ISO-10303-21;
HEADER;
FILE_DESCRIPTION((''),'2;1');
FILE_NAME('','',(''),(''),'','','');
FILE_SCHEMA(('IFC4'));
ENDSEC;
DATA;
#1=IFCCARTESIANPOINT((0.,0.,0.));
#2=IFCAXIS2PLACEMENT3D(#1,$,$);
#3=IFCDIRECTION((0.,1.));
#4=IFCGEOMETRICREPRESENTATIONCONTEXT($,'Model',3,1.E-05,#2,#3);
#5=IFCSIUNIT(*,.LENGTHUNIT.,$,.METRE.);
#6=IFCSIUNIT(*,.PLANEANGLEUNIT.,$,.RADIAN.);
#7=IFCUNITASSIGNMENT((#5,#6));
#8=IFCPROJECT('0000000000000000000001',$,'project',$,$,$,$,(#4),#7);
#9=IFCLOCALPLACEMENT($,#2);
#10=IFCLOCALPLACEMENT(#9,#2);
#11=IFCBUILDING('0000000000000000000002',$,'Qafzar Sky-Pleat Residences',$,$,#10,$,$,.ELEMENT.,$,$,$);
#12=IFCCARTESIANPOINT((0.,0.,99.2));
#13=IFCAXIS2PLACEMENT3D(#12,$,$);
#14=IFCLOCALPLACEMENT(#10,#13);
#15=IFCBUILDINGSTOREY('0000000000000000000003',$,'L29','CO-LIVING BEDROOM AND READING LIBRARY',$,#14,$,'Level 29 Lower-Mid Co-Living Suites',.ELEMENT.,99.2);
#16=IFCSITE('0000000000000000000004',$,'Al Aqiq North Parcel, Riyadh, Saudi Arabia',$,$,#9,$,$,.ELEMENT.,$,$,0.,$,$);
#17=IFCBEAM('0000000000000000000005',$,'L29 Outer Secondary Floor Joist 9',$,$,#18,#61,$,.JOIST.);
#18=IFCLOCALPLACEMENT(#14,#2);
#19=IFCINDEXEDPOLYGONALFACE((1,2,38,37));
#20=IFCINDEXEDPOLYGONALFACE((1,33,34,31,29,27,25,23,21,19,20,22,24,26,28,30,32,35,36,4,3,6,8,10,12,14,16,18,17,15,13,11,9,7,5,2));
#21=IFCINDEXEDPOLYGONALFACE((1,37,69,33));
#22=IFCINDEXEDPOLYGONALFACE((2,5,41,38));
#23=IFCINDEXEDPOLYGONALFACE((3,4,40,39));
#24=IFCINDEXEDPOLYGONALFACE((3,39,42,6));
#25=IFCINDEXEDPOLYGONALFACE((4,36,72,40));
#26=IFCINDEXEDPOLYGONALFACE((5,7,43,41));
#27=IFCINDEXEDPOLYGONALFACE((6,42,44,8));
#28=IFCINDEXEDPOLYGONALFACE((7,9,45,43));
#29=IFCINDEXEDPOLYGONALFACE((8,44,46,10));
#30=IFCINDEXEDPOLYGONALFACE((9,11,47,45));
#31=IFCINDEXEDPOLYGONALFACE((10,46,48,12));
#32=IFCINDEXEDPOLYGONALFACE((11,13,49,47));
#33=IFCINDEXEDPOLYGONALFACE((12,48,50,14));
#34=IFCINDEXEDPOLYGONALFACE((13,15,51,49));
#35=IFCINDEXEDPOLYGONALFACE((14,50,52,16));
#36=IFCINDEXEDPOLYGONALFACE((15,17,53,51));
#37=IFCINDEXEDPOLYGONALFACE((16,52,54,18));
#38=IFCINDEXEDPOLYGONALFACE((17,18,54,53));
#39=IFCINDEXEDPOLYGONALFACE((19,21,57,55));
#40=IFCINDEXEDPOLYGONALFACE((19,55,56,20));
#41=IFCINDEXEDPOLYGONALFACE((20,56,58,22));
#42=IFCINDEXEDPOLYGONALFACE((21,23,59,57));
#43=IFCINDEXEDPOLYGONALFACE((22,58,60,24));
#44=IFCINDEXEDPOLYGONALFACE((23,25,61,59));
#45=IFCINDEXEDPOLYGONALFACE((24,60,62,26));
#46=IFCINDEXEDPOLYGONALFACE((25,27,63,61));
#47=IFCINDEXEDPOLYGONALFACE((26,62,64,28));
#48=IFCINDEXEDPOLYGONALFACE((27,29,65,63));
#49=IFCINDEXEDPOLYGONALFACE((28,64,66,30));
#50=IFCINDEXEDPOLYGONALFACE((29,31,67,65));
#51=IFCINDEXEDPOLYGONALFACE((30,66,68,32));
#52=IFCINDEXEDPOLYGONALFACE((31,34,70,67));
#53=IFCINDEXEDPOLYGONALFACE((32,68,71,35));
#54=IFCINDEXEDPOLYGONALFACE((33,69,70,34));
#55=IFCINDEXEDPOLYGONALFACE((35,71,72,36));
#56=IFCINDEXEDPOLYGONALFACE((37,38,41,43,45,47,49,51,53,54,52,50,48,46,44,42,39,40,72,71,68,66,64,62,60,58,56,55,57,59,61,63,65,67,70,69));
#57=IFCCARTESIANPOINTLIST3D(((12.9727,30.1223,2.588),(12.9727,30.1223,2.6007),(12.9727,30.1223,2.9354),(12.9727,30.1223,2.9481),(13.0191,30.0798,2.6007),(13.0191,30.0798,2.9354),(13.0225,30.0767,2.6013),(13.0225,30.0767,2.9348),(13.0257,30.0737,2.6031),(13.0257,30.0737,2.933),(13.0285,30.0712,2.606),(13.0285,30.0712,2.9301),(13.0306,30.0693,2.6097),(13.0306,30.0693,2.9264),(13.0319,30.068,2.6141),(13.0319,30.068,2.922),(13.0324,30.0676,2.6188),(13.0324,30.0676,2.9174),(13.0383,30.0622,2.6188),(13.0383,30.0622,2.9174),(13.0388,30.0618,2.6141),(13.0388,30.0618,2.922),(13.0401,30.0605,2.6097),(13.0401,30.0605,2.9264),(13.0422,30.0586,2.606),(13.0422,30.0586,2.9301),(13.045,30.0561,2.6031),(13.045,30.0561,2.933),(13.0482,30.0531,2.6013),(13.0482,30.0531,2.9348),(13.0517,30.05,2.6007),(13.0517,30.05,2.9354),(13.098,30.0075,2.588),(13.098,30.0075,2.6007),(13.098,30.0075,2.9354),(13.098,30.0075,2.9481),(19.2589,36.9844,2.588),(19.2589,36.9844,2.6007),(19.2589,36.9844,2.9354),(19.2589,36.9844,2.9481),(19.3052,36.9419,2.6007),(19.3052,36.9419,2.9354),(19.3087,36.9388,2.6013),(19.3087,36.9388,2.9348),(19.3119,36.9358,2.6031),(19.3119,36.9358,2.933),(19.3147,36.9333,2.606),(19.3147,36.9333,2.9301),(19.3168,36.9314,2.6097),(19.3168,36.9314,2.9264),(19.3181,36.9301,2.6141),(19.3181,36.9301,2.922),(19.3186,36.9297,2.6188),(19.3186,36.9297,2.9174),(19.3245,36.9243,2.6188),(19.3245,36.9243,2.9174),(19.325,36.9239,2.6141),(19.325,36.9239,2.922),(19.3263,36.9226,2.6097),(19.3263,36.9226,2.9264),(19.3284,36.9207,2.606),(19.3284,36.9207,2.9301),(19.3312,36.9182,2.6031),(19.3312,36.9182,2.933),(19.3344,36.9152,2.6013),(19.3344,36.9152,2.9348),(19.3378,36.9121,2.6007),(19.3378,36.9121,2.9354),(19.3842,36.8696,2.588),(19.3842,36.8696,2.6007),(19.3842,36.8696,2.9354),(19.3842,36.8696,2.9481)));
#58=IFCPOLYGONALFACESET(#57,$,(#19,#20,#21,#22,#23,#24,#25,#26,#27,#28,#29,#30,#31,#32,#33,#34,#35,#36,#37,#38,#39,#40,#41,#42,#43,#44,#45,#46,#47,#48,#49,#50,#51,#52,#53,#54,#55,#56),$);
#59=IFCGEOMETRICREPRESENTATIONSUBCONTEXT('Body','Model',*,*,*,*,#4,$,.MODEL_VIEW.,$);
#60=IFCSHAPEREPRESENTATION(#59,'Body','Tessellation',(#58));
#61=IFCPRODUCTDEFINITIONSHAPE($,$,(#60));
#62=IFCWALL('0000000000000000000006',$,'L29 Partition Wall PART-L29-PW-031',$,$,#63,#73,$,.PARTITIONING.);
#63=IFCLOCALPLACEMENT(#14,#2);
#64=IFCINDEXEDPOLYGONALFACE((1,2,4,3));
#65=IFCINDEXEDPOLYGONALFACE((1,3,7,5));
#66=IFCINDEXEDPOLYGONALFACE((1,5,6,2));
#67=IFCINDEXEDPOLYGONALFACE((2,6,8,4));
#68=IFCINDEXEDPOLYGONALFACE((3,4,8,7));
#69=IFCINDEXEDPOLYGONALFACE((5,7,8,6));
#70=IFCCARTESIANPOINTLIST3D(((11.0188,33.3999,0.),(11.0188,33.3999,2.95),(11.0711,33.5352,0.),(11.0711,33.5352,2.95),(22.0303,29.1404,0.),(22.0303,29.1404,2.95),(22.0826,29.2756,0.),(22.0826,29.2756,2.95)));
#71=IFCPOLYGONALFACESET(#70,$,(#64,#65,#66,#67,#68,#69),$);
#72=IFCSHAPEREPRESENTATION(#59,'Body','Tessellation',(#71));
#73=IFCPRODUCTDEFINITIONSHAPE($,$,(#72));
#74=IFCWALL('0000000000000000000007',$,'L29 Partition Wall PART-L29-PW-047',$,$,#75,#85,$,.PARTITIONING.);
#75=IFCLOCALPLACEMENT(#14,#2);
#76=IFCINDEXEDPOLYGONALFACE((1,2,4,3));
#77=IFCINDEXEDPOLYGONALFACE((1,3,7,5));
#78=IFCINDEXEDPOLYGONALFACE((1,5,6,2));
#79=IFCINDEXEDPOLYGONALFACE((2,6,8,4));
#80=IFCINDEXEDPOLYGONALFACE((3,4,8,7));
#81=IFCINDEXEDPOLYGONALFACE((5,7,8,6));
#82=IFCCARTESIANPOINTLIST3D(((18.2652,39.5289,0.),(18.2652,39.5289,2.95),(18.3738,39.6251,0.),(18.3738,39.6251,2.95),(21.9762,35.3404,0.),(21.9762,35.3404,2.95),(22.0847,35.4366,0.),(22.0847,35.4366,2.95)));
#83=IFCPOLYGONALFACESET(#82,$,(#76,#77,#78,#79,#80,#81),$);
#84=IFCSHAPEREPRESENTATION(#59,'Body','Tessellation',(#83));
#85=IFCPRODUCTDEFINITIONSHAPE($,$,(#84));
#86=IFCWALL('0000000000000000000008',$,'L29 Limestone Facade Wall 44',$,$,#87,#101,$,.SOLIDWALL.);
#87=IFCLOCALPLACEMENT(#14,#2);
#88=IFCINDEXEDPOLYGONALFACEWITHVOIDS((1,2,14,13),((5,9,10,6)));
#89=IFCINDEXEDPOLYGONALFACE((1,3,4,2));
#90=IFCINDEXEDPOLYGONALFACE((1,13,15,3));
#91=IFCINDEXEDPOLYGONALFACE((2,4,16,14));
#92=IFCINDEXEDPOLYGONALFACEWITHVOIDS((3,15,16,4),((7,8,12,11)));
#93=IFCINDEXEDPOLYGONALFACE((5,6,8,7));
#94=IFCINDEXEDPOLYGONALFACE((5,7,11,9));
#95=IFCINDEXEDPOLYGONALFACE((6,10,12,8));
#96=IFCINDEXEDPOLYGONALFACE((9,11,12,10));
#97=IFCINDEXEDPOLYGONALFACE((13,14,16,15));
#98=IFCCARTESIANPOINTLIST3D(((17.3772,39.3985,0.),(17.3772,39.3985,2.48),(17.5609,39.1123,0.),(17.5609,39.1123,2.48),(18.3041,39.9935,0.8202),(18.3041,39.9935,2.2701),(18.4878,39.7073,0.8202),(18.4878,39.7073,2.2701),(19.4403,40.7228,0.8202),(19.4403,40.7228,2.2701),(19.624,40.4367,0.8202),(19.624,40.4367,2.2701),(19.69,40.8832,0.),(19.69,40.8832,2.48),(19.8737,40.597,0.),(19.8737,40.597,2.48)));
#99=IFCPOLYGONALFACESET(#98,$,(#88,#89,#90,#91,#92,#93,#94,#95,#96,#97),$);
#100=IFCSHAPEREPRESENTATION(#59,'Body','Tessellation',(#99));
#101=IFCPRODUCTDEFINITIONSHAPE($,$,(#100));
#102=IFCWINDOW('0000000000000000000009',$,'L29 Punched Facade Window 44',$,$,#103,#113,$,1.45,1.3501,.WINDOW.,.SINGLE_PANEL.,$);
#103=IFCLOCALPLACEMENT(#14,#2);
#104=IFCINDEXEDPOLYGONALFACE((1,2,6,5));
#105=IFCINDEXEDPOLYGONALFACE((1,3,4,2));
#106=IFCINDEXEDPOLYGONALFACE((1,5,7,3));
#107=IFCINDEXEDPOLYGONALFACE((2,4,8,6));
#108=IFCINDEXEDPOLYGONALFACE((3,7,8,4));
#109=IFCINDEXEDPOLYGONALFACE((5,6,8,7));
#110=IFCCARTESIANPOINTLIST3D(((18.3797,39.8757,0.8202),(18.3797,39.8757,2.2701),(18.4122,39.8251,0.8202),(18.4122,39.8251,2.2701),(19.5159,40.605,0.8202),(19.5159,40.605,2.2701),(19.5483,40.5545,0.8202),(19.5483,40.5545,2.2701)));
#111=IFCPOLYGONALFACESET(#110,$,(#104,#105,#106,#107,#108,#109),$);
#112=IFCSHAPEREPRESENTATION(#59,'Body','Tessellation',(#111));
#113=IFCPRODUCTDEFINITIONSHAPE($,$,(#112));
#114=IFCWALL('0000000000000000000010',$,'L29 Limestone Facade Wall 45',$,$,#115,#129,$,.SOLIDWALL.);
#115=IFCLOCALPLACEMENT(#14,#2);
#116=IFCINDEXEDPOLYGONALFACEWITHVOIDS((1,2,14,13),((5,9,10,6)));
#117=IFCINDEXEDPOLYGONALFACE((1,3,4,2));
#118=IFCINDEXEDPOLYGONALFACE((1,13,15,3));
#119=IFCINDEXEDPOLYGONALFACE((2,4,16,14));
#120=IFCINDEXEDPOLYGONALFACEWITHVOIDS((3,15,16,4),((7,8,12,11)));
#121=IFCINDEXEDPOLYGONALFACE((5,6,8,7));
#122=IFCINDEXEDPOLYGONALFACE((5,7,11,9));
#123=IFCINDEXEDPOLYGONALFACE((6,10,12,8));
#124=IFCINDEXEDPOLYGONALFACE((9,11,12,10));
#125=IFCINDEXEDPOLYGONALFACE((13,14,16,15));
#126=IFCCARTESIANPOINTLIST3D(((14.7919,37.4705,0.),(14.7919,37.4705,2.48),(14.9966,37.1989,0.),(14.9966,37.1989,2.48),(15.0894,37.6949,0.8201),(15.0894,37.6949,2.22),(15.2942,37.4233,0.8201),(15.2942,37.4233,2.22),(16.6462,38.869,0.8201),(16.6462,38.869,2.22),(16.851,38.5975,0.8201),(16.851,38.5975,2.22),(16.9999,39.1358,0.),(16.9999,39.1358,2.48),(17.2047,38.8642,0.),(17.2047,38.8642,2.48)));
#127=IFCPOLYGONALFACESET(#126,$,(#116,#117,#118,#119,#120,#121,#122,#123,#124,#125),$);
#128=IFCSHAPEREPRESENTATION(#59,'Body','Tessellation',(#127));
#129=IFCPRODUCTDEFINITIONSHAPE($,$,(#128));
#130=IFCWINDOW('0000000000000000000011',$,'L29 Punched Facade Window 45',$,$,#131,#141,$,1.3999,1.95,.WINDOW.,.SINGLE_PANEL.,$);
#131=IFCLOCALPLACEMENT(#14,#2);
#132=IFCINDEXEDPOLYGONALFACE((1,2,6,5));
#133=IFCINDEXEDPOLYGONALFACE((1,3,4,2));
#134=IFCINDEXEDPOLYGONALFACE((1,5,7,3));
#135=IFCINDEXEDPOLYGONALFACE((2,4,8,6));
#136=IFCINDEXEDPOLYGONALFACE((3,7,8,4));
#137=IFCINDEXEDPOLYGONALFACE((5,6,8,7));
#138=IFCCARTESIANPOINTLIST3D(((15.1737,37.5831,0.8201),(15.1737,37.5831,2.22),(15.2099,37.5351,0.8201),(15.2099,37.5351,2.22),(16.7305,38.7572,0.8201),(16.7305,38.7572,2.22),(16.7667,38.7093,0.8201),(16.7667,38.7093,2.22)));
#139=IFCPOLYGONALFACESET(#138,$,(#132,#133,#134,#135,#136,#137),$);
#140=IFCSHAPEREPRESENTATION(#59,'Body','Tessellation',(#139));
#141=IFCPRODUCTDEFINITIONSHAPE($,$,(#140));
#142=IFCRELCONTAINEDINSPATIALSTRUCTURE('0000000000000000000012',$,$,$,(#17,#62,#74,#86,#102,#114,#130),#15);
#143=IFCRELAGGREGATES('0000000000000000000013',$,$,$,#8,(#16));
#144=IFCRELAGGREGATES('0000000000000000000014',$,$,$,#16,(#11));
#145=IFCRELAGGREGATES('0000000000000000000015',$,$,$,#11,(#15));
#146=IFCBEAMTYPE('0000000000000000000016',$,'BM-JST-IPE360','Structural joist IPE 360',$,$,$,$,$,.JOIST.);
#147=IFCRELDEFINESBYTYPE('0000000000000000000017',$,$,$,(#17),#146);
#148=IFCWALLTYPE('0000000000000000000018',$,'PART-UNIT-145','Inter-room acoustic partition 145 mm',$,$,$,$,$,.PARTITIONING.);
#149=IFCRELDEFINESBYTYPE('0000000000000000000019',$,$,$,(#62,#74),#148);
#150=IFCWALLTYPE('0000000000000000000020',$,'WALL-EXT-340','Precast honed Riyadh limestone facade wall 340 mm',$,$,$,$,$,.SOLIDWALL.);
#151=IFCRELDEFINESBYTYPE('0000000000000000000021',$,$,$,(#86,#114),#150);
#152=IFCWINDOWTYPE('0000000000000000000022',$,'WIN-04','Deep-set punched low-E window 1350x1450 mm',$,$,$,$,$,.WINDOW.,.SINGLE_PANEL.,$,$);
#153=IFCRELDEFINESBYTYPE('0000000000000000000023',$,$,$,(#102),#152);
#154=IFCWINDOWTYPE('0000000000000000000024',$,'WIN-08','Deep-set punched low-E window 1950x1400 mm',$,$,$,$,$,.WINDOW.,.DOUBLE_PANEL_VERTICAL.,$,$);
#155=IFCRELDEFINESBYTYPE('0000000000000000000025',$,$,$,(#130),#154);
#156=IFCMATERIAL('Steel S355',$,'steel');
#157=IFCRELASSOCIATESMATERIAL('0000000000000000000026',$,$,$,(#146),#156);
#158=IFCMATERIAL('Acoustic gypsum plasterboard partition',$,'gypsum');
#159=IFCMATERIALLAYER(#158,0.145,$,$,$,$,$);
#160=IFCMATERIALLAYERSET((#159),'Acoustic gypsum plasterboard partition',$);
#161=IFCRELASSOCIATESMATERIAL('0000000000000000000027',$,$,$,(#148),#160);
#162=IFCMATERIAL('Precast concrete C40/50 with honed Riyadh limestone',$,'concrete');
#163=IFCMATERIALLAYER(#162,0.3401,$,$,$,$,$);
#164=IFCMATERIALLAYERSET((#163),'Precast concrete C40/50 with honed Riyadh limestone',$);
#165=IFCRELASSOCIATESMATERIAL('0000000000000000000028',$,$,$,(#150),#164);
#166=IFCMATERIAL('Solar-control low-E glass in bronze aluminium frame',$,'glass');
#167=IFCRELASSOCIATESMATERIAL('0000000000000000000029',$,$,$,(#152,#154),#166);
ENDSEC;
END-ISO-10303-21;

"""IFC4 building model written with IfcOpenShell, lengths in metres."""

from ifc_helpers import new_model, si_unit, direction, frame, frame_2d, origin, origin_2d, place, context, subcontext, project, spatial, rectangle, i_section, extrude, source, transform, mapped, material, layer, layer_set, material_profile, profile_set, type_object, element, fill, save


model = new_model("IFC4")

# Units and contexts
model_context = context("Model", 3, precision=1e-05, world=origin(), true_north=direction((0.0, 1.0)))
body_context = subcontext(model_context, "Body", "Model", "MODEL_VIEW")
ifc_project = project(units=[si_unit("LENGTHUNIT", "METRE"), si_unit("PLANEANGLEUNIT", "RADIAN")], contexts=[model_context])

# Site, building, storey
site_placement = place(None, origin())
site = spatial("IfcSite", under=ifc_project, at=site_placement, Name="Al Aqiq North Parcel, Riyadh, Saudi Arabia", CompositionType="ELEMENT", RefElevation=0.0)
building_placement = place(site_placement, origin())
building = spatial("IfcBuilding", under=site, at=building_placement, Name="Qafzar Sky-Pleat Residences", CompositionType="ELEMENT")
storey_placement = place(building_placement, frame((0.0, 0.0, 99.2)))
storey = spatial("IfcBuildingStorey", under=building, at=storey_placement, Name="L29", Description="CO-LIVING BEDROOM AND READING LIBRARY", LongName="Level 29 Lower-Mid Co-Living Suites", CompositionType="ELEMENT", Elevation=99.2)

# Beam
ifc_material_1 = material(Name="Steel S355", Category="steel")
ifc_material_profile_1 = material_profile(ifc_material_1, i_section(OverallWidth=0.1699, OverallDepth=0.3601, WebThickness=0.0081, FlangeThickness=0.0127, FilletRadius=0.0181, at=origin_2d()), Name="IPE 360")
ifc_profile_set_1 = profile_set([ifc_material_profile_1], Name="Steel S355")
beam_type_1 = type_object("IfcBeamType", Name="BM-JST-IPE360", Description="Structural joist IPE 360", PredefinedType="JOIST", material=ifc_profile_set_1)
shared_shape_1 = source(origin(), body_context, "Body", "SweptSolid", [
    extrude(i_section(OverallWidth=0.1699, OverallDepth=0.3601, WebThickness=0.0081, FlangeThickness=0.0127, FilletRadius=0.0181, at=origin_2d()), origin(), (0.0, 0.0, 1.0), 9.3062),
])
beam_1_placement = place(storey_placement, frame((19.3215, 36.927, 2.7681), z_axis=(-0.675486, -0.737373, 0.0), x_axis=(0.737373, -0.675486, 0.0)))
element("IfcBeam", 1, at=beam_1_placement, inside=storey, type_object=beam_type_1, Name="L29 Outer Secondary Floor Joist 9", PredefinedType="JOIST", context=body_context, shape_type="MappedRepresentation", body=[
    mapped(shared_shape_1, transform((0.0, 0.0, 0.0), x_axis=(1.0, 0.0, 0.0), y_axis=(0.0, 1.0, 0.0), z_axis=(0.0, 0.0, 1.0), scale=1.0)),
])

# Walls
ifc_material_2 = material(Name="Acoustic gypsum plasterboard partition", Category="gypsum")
ifc_layer_1 = layer(ifc_material_2, 0.145)
ifc_layer_set_1 = layer_set([ifc_layer_1], Name="Acoustic gypsum plasterboard partition")
wall_type_1 = type_object("IfcWallType", Name="PART-UNIT-145", Description="Inter-room acoustic partition 145 mm", PredefinedType="PARTITIONING", material=ifc_layer_set_1)
wall_1_placement = place(storey_placement, frame((11.0449, 33.4675, 0.0), z_axis=(0.0, 0.0, 1.0), x_axis=(0.932653, -0.360774, 0.0)))
element("IfcWall", 2, at=wall_1_placement, inside=storey, type_object=wall_type_1, Name="L29 Partition Wall PART-L29-PW-031", PredefinedType="PARTITIONING", context=body_context, shape_type="SweptSolid", body=[
    extrude(rectangle(XDim=11.8066, YDim=0.145, at=frame_2d((5.9033, 0.0))), origin(), (0.0, 0.0, 1.0), 2.95),
])
wall_2_placement = place(storey_placement, frame((18.3196, 39.5769, 0.0), z_axis=(0.0, 0.0, 1.0), x_axis=(0.66315, -0.748487, 0.0)))
element("IfcWall", 3, at=wall_2_placement, inside=storey, type_object=wall_type_1, Name="L29 Partition Wall PART-L29-PW-047", PredefinedType="PARTITIONING", context=body_context, shape_type="SweptSolid", body=[
    extrude(rectangle(XDim=5.5959, YDim=0.145, at=frame_2d((2.7979, 0.0))), origin(), (0.0, 0.0, 1.0), 2.95),
])

# Walls, openings, windows
ifc_material_3 = material(Name="Precast concrete C40/50 with honed Riyadh limestone", Category="concrete")
ifc_layer_2 = layer(ifc_material_3, 0.3401)
ifc_layer_set_2 = layer_set([ifc_layer_2], Name="Precast concrete C40/50 with honed Riyadh limestone")
wall_type_2 = type_object("IfcWallType", Name="WALL-EXT-340", Description="Precast honed Riyadh limestone facade wall 340 mm", PredefinedType="SOLIDWALL", material=ifc_layer_set_2)
wall_3_placement = place(storey_placement, frame((19.7817, 40.74, 0.0), z_axis=(0.0, 0.0, 1.0), x_axis=(-0.841533, -0.540205, 0.0)))
wall_3 = element("IfcWall", 4, at=wall_3_placement, inside=storey, type_object=wall_type_2, Name="L29 Limestone Facade Wall 44", PredefinedType="SOLIDWALL", context=body_context, shape_type="SweptSolid", body=[
    extrude(rectangle(XDim=2.7483, YDim=0.3401, at=frame_2d((1.374, 0.0))), origin(), (0.0, 0.0, 1.0), 2.48),
])
opening_1_placement = place(wall_3_placement, frame((0.2966, 0.0, 0.8201)))
opening_1 = element("IfcOpeningElement", 5, at=opening_1_placement, cuts=wall_3, PredefinedType="OPENING", context=body_context, shape_type="SweptSolid", body=[
    extrude(rectangle(XDim=1.3501, YDim=1.45, at=frame_2d((0.675, 0.7251))), frame((0.0, 0.1802, 0.0), z_axis=(0.0, -1.0, 0.0), x_axis=(1.0, 0.0, 0.0)), (0.0, 0.0, 1.0), 0.3601),
])
ifc_material_4 = material(Name="Solar-control low-E glass in bronze aluminium frame", Category="glass")
window_type_1 = type_object("IfcWindowType", Name="WIN-04", Description="Deep-set punched low-E window 1350x1450 mm", PartitioningType="SINGLE_PANEL", PredefinedType="WINDOW", material=ifc_material_4)
shared_shape_2 = source(origin(), body_context, "Body", "SweptSolid", [
    extrude(rectangle(XDim=1.3501, YDim=1.45, at=frame_2d((0.675, 0.7251))), frame((0.0, 0.03, 0.0), z_axis=(0.0, -1.0, 0.0), x_axis=(1.0, 0.0, 0.0)), (0.0, 0.0, 1.0), 0.0601),
])
window_1_placement = place(opening_1_placement, origin())
window_1 = element("IfcWindow", 6, at=window_1_placement, inside=storey, type_object=window_type_1, Name="L29 Punched Facade Window 44", OverallHeight=1.45, OverallWidth=1.3501, PartitioningType="SINGLE_PANEL", PredefinedType="WINDOW", context=body_context, shape_type="MappedRepresentation", body=[
    mapped(shared_shape_2, transform((0.0, 0.0, 0.0), x_axis=(1.0, 0.0, 0.0), y_axis=(0.0, 1.0, 0.0), z_axis=(0.0, 0.0, 1.0), scale=1.0)),
])
fill(opening_1, window_1)
wall_4_placement = place(storey_placement, frame((17.1023, 39.0, 0.0), z_axis=(0.0, 0.0, 1.0), x_axis=(-0.798387, -0.602145, 0.0)))
wall_4 = element("IfcWall", 7, at=wall_4_placement, inside=storey, type_object=wall_type_2, Name="L29 Limestone Facade Wall 45", PredefinedType="SOLIDWALL", context=body_context, shape_type="SweptSolid", body=[
    extrude(rectangle(XDim=2.7656, YDim=0.3401, at=frame_2d((1.3828, 0.0))), origin(), (0.0, 0.0, 1.0), 2.48),
])
opening_2_placement = place(wall_4_placement, frame((0.4429, 0.0, 0.8201)))
opening_2 = element("IfcOpeningElement", 8, at=opening_2_placement, cuts=wall_4, PredefinedType="OPENING", context=body_context, shape_type="SweptSolid", body=[
    extrude(rectangle(XDim=1.95, YDim=1.3999, at=frame_2d((0.9751, 0.7))), frame((0.0, 0.1802, 0.0), z_axis=(0.0, -1.0, 0.0), x_axis=(1.0, 0.0, 0.0)), (0.0, 0.0, 1.0), 0.3601),
])
window_type_2 = type_object("IfcWindowType", Name="WIN-08", Description="Deep-set punched low-E window 1950x1400 mm", PartitioningType="DOUBLE_PANEL_VERTICAL", PredefinedType="WINDOW", material=ifc_material_4)
shared_shape_3 = source(origin(), body_context, "Body", "SweptSolid", [
    extrude(rectangle(XDim=1.95, YDim=1.3999, at=frame_2d((0.9751, 0.7))), frame((0.0, 0.03, 0.0), z_axis=(0.0, -1.0, 0.0), x_axis=(1.0, 0.0, 0.0)), (0.0, 0.0, 1.0), 0.0601),
])
window_2_placement = place(opening_2_placement, origin())
window_2 = element("IfcWindow", 9, at=window_2_placement, inside=storey, type_object=window_type_2, Name="L29 Punched Facade Window 45", OverallHeight=1.3999, OverallWidth=1.95, PartitioningType="SINGLE_PANEL", PredefinedType="WINDOW", context=body_context, shape_type="MappedRepresentation", body=[
    mapped(shared_shape_3, transform((0.0, 0.0, 0.0), x_axis=(1.0, 0.0, 0.0), y_axis=(0.0, 1.0, 0.0), z_axis=(0.0, 0.0, 1.0), scale=1.0)),
])
fill(opening_2, window_2)

save(model, "model.ifc")
